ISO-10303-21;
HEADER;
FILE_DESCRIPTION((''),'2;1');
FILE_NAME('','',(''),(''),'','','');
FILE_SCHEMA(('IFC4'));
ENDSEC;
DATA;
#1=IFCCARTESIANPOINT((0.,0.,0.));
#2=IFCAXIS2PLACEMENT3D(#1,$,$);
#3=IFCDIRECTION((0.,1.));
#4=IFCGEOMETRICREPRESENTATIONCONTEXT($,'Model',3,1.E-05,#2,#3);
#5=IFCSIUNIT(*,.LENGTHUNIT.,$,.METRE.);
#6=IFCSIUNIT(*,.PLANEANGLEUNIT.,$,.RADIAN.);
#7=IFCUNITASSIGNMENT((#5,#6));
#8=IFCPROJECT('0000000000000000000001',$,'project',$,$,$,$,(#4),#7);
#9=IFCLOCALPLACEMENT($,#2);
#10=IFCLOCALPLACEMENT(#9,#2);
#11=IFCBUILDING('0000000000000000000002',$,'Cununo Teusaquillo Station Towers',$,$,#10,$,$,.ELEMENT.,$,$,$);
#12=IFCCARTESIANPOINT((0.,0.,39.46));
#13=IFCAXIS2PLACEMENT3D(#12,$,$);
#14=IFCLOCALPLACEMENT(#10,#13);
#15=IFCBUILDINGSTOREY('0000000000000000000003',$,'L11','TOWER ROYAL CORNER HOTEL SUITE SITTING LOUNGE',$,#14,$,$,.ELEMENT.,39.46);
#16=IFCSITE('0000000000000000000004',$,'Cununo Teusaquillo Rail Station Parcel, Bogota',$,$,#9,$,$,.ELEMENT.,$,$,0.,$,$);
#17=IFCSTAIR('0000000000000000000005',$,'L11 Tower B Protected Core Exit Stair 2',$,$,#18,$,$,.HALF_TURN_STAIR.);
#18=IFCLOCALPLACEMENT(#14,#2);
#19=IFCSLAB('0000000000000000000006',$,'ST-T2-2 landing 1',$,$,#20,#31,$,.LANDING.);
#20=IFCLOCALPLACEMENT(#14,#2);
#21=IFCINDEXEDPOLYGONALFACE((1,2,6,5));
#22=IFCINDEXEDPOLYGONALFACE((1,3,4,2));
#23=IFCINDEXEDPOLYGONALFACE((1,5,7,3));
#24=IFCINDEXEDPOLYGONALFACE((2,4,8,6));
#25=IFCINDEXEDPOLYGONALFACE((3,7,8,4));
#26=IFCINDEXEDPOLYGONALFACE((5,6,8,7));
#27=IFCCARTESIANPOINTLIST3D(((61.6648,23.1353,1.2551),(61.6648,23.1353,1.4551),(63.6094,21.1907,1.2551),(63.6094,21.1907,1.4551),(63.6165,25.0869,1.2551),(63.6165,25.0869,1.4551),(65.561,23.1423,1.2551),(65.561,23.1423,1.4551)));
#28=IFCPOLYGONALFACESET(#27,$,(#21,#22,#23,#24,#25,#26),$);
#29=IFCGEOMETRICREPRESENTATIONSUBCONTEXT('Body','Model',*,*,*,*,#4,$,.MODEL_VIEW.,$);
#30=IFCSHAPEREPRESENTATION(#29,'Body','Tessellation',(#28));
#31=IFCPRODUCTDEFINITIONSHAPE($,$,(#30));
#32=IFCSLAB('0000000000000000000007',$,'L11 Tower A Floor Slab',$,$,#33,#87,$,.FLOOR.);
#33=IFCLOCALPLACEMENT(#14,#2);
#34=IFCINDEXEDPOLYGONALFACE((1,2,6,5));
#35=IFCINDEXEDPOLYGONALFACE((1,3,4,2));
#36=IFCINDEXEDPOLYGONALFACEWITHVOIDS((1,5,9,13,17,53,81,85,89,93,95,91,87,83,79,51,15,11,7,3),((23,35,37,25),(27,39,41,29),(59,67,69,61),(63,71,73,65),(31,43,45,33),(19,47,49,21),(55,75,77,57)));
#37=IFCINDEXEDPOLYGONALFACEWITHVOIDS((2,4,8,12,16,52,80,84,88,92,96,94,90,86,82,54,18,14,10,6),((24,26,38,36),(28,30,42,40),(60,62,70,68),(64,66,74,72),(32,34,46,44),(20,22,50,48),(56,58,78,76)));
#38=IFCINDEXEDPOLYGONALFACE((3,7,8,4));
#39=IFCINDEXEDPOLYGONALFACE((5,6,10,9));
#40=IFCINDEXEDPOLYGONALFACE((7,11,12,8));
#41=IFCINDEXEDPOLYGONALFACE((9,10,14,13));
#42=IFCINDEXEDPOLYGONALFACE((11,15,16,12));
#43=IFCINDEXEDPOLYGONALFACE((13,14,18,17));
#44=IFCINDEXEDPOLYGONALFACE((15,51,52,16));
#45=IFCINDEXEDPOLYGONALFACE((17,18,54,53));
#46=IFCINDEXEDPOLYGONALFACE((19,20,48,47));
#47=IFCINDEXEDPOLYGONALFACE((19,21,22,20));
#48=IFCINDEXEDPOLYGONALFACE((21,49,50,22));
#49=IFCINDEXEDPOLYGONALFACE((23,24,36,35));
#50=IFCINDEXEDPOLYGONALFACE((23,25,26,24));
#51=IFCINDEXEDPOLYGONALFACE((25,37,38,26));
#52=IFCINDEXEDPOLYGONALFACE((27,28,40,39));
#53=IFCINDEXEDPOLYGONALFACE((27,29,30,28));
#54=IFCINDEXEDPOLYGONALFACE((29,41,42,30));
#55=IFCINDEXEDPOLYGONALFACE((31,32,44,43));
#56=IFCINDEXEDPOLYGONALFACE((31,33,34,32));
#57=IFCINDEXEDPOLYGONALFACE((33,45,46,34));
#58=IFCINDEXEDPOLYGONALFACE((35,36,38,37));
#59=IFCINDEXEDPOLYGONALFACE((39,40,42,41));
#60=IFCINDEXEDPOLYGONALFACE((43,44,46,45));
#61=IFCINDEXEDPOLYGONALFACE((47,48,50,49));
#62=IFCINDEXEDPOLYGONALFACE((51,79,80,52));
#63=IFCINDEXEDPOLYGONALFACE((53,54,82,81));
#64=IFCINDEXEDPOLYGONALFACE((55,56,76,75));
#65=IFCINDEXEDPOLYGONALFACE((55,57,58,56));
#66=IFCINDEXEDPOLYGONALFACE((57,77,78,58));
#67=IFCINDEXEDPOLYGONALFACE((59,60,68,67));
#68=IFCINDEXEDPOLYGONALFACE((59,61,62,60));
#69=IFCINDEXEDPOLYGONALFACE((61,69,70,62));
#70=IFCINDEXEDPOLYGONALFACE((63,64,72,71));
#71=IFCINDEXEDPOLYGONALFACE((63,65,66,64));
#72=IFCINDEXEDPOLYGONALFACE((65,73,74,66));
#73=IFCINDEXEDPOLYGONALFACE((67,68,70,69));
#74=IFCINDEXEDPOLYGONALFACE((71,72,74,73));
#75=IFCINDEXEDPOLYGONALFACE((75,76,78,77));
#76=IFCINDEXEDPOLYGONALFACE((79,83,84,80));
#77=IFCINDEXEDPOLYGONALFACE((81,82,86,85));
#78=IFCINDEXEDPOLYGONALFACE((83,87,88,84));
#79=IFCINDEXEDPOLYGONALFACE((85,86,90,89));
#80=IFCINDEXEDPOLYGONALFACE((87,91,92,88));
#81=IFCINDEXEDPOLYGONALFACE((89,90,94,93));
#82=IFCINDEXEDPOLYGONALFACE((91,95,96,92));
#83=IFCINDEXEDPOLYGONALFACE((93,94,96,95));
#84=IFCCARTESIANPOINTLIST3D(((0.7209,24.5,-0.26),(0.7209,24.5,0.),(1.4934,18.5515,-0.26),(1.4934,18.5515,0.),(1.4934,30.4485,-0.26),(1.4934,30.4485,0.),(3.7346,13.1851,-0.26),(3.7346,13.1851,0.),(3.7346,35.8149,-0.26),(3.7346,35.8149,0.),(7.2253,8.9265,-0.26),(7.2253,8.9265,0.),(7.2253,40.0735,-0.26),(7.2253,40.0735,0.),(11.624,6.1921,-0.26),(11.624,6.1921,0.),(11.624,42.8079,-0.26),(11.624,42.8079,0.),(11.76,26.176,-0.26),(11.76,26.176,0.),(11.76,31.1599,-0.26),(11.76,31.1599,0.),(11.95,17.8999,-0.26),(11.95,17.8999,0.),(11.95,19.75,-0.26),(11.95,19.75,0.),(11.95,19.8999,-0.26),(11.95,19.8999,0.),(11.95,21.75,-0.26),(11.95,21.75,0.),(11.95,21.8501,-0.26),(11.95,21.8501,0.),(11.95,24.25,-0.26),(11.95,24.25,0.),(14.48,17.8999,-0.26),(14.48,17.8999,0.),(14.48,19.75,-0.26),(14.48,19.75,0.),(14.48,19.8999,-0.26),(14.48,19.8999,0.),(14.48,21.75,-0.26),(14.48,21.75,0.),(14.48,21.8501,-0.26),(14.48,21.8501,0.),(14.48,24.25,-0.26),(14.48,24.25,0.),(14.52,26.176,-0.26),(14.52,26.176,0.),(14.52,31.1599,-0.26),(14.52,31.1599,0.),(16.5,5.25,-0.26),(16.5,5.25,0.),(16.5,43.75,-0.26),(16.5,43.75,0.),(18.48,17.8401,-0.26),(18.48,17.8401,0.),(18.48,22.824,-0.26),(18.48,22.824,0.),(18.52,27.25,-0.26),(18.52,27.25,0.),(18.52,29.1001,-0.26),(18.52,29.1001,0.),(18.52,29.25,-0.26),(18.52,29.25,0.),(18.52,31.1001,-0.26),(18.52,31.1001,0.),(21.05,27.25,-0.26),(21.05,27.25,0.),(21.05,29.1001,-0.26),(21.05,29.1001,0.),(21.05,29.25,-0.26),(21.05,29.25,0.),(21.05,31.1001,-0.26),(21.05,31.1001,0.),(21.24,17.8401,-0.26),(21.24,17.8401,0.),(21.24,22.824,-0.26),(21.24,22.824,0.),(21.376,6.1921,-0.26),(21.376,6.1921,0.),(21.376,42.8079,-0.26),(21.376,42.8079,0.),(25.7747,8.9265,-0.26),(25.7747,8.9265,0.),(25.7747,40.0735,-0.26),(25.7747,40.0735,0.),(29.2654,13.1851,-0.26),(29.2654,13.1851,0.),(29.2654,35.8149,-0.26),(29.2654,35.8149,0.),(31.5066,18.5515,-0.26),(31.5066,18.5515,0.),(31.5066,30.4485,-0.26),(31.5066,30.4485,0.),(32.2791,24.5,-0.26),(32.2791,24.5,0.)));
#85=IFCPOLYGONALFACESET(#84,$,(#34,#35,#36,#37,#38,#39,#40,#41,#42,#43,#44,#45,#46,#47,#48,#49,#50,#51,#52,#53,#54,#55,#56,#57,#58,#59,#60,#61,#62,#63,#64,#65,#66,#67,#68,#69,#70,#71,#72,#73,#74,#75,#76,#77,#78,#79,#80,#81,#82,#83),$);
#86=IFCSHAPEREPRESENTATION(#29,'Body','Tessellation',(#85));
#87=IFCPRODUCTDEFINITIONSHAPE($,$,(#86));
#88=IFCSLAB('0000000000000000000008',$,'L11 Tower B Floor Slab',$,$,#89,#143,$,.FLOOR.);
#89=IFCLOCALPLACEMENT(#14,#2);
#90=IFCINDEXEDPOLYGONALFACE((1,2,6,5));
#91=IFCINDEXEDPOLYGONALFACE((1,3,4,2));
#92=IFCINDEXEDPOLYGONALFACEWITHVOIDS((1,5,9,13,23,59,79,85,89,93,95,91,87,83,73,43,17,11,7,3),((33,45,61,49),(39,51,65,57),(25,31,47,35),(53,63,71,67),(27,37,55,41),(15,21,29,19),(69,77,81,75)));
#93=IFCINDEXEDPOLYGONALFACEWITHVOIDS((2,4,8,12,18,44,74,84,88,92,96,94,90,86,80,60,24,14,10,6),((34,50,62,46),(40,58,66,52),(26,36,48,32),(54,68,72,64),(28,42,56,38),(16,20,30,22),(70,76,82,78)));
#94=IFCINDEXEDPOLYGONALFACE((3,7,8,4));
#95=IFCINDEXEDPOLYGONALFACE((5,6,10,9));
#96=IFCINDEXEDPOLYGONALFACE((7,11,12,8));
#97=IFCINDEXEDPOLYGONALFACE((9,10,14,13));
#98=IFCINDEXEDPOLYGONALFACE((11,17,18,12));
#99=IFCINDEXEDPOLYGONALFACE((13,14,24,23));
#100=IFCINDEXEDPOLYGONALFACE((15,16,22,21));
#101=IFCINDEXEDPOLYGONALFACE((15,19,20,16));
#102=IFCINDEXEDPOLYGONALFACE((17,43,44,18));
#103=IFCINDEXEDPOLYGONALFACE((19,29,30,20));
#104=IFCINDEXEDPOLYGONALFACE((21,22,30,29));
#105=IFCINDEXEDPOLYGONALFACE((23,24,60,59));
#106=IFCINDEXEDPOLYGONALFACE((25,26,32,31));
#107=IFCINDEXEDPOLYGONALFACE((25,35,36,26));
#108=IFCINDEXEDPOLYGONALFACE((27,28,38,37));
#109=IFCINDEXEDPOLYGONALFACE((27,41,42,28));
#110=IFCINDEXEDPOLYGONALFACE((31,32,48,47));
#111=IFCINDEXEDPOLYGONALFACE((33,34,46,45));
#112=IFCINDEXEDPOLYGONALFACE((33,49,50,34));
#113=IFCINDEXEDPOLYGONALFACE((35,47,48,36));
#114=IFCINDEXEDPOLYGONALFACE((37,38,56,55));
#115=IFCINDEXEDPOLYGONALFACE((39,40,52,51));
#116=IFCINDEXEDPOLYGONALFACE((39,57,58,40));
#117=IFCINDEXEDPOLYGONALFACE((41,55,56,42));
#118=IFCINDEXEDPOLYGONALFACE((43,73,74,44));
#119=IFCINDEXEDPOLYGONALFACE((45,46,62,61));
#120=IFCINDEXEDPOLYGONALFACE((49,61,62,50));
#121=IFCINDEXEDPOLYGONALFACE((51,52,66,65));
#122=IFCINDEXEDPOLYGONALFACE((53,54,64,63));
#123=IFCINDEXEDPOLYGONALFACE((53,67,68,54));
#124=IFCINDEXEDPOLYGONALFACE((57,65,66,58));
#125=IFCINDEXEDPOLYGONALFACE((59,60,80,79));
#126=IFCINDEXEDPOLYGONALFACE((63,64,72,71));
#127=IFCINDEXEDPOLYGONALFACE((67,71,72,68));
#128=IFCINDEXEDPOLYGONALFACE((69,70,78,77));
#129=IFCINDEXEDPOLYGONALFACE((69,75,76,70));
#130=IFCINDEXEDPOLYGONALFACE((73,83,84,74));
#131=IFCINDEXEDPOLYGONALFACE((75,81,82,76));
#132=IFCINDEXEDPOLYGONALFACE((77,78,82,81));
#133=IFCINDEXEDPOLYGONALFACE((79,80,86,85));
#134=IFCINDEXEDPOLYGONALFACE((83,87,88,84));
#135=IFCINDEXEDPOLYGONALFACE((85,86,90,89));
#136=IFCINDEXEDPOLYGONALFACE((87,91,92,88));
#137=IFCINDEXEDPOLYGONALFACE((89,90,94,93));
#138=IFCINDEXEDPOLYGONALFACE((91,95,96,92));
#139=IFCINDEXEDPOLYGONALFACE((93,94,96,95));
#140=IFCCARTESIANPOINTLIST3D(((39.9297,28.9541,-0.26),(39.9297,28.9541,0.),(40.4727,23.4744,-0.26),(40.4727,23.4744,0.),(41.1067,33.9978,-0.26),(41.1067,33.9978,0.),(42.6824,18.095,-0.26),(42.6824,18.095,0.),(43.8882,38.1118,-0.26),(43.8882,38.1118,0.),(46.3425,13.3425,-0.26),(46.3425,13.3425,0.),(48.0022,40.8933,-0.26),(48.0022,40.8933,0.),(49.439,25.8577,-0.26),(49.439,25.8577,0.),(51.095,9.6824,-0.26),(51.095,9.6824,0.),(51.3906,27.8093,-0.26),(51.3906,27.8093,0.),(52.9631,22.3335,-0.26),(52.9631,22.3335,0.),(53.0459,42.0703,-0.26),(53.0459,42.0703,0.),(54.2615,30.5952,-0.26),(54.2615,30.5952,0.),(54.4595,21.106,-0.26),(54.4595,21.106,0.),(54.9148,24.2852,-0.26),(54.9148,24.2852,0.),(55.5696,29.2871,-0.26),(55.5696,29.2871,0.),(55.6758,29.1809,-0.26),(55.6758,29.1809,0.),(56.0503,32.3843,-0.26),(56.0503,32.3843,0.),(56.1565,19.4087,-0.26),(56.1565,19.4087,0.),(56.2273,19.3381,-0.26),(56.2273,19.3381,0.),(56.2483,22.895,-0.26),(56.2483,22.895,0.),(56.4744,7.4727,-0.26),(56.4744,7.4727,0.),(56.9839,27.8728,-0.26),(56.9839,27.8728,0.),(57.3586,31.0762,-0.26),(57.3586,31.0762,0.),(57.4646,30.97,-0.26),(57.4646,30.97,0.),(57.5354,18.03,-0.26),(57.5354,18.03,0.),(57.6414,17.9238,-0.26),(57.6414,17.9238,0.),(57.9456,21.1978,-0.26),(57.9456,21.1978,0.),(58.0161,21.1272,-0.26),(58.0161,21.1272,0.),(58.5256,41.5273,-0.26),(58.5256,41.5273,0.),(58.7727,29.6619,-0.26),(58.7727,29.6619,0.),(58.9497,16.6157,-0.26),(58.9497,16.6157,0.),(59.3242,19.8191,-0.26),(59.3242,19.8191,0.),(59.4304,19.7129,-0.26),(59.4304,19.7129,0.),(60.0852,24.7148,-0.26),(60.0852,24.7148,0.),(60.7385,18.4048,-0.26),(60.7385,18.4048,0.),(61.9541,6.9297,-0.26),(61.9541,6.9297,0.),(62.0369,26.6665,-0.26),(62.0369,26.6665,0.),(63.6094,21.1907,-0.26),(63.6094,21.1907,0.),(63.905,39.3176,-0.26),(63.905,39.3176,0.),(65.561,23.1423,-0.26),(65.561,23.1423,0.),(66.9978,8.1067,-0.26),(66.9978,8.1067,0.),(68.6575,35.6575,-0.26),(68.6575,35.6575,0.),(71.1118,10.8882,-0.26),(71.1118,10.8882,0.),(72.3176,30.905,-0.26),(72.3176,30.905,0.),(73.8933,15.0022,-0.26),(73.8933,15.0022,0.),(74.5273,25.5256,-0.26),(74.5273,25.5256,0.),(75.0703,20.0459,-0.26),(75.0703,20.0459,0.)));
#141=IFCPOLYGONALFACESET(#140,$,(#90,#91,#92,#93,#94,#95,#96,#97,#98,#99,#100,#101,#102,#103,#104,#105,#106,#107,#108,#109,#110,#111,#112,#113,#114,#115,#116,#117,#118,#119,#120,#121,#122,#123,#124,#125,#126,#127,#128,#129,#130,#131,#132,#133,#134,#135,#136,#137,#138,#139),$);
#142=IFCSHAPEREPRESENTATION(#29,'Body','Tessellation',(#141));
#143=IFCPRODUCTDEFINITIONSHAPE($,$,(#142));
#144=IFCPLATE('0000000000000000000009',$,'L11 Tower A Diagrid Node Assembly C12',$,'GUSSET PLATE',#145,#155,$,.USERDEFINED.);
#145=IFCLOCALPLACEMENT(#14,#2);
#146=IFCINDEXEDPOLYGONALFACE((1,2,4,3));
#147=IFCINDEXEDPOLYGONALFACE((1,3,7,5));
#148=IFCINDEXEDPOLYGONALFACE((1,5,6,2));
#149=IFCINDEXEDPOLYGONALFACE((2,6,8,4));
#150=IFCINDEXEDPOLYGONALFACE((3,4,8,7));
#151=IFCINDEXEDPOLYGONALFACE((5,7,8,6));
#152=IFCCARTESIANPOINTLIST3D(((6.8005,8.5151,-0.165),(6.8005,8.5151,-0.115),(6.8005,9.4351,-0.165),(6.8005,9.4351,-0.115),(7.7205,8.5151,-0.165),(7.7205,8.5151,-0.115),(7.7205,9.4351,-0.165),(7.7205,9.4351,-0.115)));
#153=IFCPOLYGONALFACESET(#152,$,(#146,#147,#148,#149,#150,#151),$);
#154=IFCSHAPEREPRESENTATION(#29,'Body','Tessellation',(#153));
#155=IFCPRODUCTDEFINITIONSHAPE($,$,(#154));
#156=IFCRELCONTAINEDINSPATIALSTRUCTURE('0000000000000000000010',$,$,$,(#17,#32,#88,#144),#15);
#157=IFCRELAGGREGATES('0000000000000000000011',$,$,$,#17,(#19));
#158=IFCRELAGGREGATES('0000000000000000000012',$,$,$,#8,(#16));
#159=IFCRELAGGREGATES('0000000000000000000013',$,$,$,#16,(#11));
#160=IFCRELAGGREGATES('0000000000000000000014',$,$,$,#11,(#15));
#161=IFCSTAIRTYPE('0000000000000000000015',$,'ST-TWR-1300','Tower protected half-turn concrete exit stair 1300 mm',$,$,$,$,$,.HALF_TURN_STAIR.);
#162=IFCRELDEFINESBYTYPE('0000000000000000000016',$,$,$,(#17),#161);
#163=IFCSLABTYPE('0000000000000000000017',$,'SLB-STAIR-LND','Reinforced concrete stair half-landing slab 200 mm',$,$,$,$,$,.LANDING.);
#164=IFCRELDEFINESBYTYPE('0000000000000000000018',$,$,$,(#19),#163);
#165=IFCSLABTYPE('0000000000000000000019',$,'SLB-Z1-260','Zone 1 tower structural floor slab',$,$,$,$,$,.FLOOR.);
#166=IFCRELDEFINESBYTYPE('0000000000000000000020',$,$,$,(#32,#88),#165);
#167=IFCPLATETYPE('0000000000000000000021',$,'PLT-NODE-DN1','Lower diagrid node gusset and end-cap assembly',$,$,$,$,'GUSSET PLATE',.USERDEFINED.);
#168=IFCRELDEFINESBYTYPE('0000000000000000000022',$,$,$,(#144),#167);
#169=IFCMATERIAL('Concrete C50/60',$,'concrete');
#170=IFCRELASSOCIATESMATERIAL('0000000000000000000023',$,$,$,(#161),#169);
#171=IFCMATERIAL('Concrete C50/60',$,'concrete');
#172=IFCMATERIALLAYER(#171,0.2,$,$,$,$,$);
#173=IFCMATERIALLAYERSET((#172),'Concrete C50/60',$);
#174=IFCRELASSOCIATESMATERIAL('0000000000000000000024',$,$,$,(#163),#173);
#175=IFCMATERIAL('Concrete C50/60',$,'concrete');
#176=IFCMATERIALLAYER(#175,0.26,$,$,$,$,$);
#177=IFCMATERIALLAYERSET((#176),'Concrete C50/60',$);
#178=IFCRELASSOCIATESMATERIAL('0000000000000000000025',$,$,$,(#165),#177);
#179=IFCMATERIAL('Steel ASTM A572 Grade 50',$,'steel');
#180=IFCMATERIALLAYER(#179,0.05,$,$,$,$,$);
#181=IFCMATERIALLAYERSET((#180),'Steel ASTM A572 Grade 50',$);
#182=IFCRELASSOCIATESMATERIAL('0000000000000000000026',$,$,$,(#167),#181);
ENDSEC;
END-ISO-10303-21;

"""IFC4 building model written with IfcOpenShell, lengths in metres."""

from ifc_helpers import new_model, si_unit, direction, frame, origin, origin_2d, place, context, subcontext, project, spatial, polyline, rectangle, outline, extrude, source, transform, mapped, material, layer, layer_set, type_object, element, aggregate, save


model = new_model("IFC4")

# Units and contexts
model_context = context("Model", 3, precision=1e-05, world=origin(), true_north=direction((0.0, 1.0)))
body_context = subcontext(model_context, "Body", "Model", "MODEL_VIEW")
ifc_project = project(units=[si_unit("LENGTHUNIT", "METRE"), si_unit("PLANEANGLEUNIT", "RADIAN")], contexts=[model_context])

# Site, building, storey
site_placement = place(None, origin())
site = spatial("IfcSite", under=ifc_project, at=site_placement, Name="Cununo Teusaquillo Rail Station Parcel, Bogota", CompositionType="ELEMENT", RefElevation=0.0)
building_placement = place(site_placement, origin())
building = spatial("IfcBuilding", under=site, at=building_placement, Name="Cununo Teusaquillo Station Towers", CompositionType="ELEMENT")
storey_placement = place(building_placement, frame((0.0, 0.0, 39.46)))
storey = spatial("IfcBuildingStorey", under=building, at=storey_placement, Name="L11", Description="TOWER ROYAL CORNER HOTEL SUITE SITTING LOUNGE", CompositionType="ELEMENT", Elevation=39.46)

# Stair, slab
ifc_material_1 = material(Name="Concrete C50/60", Category="concrete")
stair_type = type_object("IfcStairType", Name="ST-TWR-1300", Description="Tower protected half-turn concrete exit stair 1300 mm", PredefinedType="HALF_TURN_STAIR", material=ifc_material_1)
ifc_material_2 = material(Name="Concrete C50/60", Category="concrete")
ifc_layer_1 = layer(ifc_material_2, 0.2)
ifc_layer_set_1 = layer_set([ifc_layer_1], Name="Concrete C50/60")
slab_type_1 = type_object("IfcSlabType", Name="SLB-STAIR-LND", Description="Reinforced concrete stair half-landing slab 200 mm", PredefinedType="LANDING", material=ifc_layer_set_1)
stair_1_placement = place(storey_placement, origin())
stair_1 = element("IfcStair", 1, at=stair_1_placement, inside=storey, type_object=stair_type, Name="L11 Tower B Protected Core Exit Stair 2", PredefinedType="HALF_TURN_STAIR")
slab_1_placement = place(storey_placement, frame((0.0, 0.0, 1.2551)))
slab_1 = element("IfcSlab", 2, at=slab_1_placement, type_object=slab_type_1, Name="ST-T2-2 landing 1", PredefinedType="LANDING", context=body_context, shape_type="SweptSolid", body=[
    extrude(outline(polyline([(61.6648, 23.1353), (63.6094, 21.1907), (65.561, 23.1423), (63.6165, 25.0869), (61.6648, 23.1353)])), origin(), (0.0, 0.0, 1.0), 0.2),
])
aggregate(stair_1, [slab_1])

# Slabs
ifc_material_3 = material(Name="Concrete C50/60", Category="concrete")
ifc_layer_2 = layer(ifc_material_3, 0.26)
ifc_layer_set_2 = layer_set([ifc_layer_2], Name="Concrete C50/60")
slab_type_2 = type_object("IfcSlabType", Name="SLB-Z1-260", Description="Zone 1 tower structural floor slab", PredefinedType="FLOOR", material=ifc_layer_set_2)
slab_2_placement = place(storey_placement, frame((0.0, 0.0, -0.26)))
element("IfcSlab", 3, at=slab_2_placement, inside=storey, type_object=slab_type_2, Name="L11 Tower A Floor Slab", PredefinedType="FLOOR", context=body_context, shape_type="SweptSolid", body=[
    extrude(outline(polyline([(32.2791, 24.5), (31.5066, 30.4485), (29.2654, 35.8149), (25.7747, 40.0735), (21.376, 42.8079), (16.5, 43.75), (11.624, 42.8079), (7.2253, 40.0735), (3.7346, 35.8149), (1.4934, 30.4485), (0.7209, 24.5), (1.4934, 18.5515), (3.7346, 13.1851), (7.2253, 8.9265), (11.624, 6.1921), (16.5, 5.25), (21.376, 6.1921), (25.7747, 8.9265), (29.2654, 13.1851), (31.5066, 18.5515), (32.2791, 24.5)]), holes=[polyline([(14.52, 26.176), (14.52, 31.1599), (11.76, 31.1599), (11.76, 26.176), (14.52, 26.176)]), polyline([(18.48, 22.824), (18.48, 17.8401), (21.24, 17.8401), (21.24, 22.824), (18.48, 22.824)]), polyline([(11.95, 21.8501), (14.48, 21.8501), (14.48, 24.25), (11.95, 24.25), (11.95, 21.8501)]), polyline([(11.95, 17.8999), (14.48, 17.8999), (14.48, 19.75), (11.95, 19.75), (11.95, 17.8999)]), polyline([(11.95, 19.8999), (14.48, 19.8999), (14.48, 21.75), (11.95, 21.75), (11.95, 19.8999)]), polyline([(18.52, 27.25), (21.05, 27.25), (21.05, 29.1001), (18.52, 29.1001), (18.52, 27.25)]), polyline([(18.52, 29.25), (21.05, 29.25), (21.05, 31.1001), (18.52, 31.1001), (18.52, 29.25)])]), origin(), (0.0, 0.0, 1.0), 0.26),
])
slab_3_placement = place(storey_placement, frame((0.0, 0.0, -0.26)))
element("IfcSlab", 4, at=slab_3_placement, inside=storey, type_object=slab_type_2, Name="L11 Tower B Floor Slab", PredefinedType="FLOOR", context=body_context, shape_type="SweptSolid", body=[
    extrude(outline(polyline([(68.6575, 35.6575), (63.905, 39.3176), (58.5256, 41.5273), (53.0459, 42.0703), (48.0022, 40.8933), (43.8882, 38.1118), (41.1067, 33.9978), (39.9297, 28.9541), (40.4727, 23.4744), (42.6824, 18.095), (46.3425, 13.3425), (51.095, 9.6824), (56.4744, 7.4727), (61.9541, 6.9297), (66.9978, 8.1067), (71.1118, 10.8882), (73.8933, 15.0022), (75.0703, 20.0459), (74.5273, 25.5256), (72.3176, 30.905), (68.6575, 35.6575)]), holes=[polyline([(54.9148, 24.2852), (51.3906, 27.8093), (49.439, 25.8577), (52.9631, 22.3335), (54.9148, 24.2852)]), polyline([(60.0852, 24.7148), (63.6094, 21.1907), (65.561, 23.1423), (62.0369, 26.6665), (60.0852, 24.7148)]), polyline([(56.1565, 19.4087), (57.9456, 21.1978), (56.2483, 22.895), (54.4595, 21.106), (56.1565, 19.4087)]), polyline([(58.9497, 16.6157), (60.7385, 18.4048), (59.4304, 19.7129), (57.6414, 17.9238), (58.9497, 16.6157)]), polyline([(57.5354, 18.03), (59.3242, 19.8191), (58.0161, 21.1272), (56.2273, 19.3381), (57.5354, 18.03)]), polyline([(56.9839, 27.8728), (58.7727, 29.6619), (57.4646, 30.97), (55.6758, 29.1809), (56.9839, 27.8728)]), polyline([(55.5696, 29.2871), (57.3586, 31.0762), (56.0503, 32.3843), (54.2615, 30.5952), (55.5696, 29.2871)])]), origin(), (0.0, 0.0, 1.0), 0.26),
])

# Plate
ifc_material_4 = material(Name="Steel ASTM A572 Grade 50", Category="steel")
ifc_layer_3 = layer(ifc_material_4, 0.05)
ifc_layer_set_3 = layer_set([ifc_layer_3], Name="Steel ASTM A572 Grade 50")
plate_type = type_object("IfcPlateType", Name="PLT-NODE-DN1", Description="Lower diagrid node gusset and end-cap assembly", ElementType="GUSSET PLATE", PredefinedType="USERDEFINED", material=ifc_layer_set_3)
shared_shape_1 = source(origin(), body_context, "Body", "SweptSolid", [
    extrude(rectangle(XDim=0.9199, YDim=0.9199, at=origin_2d()), origin(), (0.0, 0.0, 1.0), 0.05),
])
plate_placement = place(storey_placement, frame((7.2605, 8.9751, -0.165), z_axis=(0.0, 0.0, 1.0), x_axis=(1.0, 0.0, 0.0)))
element("IfcPlate", 5, at=plate_placement, inside=storey, type_object=plate_type, Name="L11 Tower A Diagrid Node Assembly C12", ObjectType="GUSSET PLATE", PredefinedType="USERDEFINED", context=body_context, shape_type="MappedRepresentation", body=[
    mapped(shared_shape_1, transform((0.0, 0.0, 0.0), x_axis=(1.0, 0.0, 0.0), y_axis=(0.0, 1.0, 0.0), z_axis=(0.0, 0.0, 1.0), scale=1.0)),
])

save(model, "model.ifc")
